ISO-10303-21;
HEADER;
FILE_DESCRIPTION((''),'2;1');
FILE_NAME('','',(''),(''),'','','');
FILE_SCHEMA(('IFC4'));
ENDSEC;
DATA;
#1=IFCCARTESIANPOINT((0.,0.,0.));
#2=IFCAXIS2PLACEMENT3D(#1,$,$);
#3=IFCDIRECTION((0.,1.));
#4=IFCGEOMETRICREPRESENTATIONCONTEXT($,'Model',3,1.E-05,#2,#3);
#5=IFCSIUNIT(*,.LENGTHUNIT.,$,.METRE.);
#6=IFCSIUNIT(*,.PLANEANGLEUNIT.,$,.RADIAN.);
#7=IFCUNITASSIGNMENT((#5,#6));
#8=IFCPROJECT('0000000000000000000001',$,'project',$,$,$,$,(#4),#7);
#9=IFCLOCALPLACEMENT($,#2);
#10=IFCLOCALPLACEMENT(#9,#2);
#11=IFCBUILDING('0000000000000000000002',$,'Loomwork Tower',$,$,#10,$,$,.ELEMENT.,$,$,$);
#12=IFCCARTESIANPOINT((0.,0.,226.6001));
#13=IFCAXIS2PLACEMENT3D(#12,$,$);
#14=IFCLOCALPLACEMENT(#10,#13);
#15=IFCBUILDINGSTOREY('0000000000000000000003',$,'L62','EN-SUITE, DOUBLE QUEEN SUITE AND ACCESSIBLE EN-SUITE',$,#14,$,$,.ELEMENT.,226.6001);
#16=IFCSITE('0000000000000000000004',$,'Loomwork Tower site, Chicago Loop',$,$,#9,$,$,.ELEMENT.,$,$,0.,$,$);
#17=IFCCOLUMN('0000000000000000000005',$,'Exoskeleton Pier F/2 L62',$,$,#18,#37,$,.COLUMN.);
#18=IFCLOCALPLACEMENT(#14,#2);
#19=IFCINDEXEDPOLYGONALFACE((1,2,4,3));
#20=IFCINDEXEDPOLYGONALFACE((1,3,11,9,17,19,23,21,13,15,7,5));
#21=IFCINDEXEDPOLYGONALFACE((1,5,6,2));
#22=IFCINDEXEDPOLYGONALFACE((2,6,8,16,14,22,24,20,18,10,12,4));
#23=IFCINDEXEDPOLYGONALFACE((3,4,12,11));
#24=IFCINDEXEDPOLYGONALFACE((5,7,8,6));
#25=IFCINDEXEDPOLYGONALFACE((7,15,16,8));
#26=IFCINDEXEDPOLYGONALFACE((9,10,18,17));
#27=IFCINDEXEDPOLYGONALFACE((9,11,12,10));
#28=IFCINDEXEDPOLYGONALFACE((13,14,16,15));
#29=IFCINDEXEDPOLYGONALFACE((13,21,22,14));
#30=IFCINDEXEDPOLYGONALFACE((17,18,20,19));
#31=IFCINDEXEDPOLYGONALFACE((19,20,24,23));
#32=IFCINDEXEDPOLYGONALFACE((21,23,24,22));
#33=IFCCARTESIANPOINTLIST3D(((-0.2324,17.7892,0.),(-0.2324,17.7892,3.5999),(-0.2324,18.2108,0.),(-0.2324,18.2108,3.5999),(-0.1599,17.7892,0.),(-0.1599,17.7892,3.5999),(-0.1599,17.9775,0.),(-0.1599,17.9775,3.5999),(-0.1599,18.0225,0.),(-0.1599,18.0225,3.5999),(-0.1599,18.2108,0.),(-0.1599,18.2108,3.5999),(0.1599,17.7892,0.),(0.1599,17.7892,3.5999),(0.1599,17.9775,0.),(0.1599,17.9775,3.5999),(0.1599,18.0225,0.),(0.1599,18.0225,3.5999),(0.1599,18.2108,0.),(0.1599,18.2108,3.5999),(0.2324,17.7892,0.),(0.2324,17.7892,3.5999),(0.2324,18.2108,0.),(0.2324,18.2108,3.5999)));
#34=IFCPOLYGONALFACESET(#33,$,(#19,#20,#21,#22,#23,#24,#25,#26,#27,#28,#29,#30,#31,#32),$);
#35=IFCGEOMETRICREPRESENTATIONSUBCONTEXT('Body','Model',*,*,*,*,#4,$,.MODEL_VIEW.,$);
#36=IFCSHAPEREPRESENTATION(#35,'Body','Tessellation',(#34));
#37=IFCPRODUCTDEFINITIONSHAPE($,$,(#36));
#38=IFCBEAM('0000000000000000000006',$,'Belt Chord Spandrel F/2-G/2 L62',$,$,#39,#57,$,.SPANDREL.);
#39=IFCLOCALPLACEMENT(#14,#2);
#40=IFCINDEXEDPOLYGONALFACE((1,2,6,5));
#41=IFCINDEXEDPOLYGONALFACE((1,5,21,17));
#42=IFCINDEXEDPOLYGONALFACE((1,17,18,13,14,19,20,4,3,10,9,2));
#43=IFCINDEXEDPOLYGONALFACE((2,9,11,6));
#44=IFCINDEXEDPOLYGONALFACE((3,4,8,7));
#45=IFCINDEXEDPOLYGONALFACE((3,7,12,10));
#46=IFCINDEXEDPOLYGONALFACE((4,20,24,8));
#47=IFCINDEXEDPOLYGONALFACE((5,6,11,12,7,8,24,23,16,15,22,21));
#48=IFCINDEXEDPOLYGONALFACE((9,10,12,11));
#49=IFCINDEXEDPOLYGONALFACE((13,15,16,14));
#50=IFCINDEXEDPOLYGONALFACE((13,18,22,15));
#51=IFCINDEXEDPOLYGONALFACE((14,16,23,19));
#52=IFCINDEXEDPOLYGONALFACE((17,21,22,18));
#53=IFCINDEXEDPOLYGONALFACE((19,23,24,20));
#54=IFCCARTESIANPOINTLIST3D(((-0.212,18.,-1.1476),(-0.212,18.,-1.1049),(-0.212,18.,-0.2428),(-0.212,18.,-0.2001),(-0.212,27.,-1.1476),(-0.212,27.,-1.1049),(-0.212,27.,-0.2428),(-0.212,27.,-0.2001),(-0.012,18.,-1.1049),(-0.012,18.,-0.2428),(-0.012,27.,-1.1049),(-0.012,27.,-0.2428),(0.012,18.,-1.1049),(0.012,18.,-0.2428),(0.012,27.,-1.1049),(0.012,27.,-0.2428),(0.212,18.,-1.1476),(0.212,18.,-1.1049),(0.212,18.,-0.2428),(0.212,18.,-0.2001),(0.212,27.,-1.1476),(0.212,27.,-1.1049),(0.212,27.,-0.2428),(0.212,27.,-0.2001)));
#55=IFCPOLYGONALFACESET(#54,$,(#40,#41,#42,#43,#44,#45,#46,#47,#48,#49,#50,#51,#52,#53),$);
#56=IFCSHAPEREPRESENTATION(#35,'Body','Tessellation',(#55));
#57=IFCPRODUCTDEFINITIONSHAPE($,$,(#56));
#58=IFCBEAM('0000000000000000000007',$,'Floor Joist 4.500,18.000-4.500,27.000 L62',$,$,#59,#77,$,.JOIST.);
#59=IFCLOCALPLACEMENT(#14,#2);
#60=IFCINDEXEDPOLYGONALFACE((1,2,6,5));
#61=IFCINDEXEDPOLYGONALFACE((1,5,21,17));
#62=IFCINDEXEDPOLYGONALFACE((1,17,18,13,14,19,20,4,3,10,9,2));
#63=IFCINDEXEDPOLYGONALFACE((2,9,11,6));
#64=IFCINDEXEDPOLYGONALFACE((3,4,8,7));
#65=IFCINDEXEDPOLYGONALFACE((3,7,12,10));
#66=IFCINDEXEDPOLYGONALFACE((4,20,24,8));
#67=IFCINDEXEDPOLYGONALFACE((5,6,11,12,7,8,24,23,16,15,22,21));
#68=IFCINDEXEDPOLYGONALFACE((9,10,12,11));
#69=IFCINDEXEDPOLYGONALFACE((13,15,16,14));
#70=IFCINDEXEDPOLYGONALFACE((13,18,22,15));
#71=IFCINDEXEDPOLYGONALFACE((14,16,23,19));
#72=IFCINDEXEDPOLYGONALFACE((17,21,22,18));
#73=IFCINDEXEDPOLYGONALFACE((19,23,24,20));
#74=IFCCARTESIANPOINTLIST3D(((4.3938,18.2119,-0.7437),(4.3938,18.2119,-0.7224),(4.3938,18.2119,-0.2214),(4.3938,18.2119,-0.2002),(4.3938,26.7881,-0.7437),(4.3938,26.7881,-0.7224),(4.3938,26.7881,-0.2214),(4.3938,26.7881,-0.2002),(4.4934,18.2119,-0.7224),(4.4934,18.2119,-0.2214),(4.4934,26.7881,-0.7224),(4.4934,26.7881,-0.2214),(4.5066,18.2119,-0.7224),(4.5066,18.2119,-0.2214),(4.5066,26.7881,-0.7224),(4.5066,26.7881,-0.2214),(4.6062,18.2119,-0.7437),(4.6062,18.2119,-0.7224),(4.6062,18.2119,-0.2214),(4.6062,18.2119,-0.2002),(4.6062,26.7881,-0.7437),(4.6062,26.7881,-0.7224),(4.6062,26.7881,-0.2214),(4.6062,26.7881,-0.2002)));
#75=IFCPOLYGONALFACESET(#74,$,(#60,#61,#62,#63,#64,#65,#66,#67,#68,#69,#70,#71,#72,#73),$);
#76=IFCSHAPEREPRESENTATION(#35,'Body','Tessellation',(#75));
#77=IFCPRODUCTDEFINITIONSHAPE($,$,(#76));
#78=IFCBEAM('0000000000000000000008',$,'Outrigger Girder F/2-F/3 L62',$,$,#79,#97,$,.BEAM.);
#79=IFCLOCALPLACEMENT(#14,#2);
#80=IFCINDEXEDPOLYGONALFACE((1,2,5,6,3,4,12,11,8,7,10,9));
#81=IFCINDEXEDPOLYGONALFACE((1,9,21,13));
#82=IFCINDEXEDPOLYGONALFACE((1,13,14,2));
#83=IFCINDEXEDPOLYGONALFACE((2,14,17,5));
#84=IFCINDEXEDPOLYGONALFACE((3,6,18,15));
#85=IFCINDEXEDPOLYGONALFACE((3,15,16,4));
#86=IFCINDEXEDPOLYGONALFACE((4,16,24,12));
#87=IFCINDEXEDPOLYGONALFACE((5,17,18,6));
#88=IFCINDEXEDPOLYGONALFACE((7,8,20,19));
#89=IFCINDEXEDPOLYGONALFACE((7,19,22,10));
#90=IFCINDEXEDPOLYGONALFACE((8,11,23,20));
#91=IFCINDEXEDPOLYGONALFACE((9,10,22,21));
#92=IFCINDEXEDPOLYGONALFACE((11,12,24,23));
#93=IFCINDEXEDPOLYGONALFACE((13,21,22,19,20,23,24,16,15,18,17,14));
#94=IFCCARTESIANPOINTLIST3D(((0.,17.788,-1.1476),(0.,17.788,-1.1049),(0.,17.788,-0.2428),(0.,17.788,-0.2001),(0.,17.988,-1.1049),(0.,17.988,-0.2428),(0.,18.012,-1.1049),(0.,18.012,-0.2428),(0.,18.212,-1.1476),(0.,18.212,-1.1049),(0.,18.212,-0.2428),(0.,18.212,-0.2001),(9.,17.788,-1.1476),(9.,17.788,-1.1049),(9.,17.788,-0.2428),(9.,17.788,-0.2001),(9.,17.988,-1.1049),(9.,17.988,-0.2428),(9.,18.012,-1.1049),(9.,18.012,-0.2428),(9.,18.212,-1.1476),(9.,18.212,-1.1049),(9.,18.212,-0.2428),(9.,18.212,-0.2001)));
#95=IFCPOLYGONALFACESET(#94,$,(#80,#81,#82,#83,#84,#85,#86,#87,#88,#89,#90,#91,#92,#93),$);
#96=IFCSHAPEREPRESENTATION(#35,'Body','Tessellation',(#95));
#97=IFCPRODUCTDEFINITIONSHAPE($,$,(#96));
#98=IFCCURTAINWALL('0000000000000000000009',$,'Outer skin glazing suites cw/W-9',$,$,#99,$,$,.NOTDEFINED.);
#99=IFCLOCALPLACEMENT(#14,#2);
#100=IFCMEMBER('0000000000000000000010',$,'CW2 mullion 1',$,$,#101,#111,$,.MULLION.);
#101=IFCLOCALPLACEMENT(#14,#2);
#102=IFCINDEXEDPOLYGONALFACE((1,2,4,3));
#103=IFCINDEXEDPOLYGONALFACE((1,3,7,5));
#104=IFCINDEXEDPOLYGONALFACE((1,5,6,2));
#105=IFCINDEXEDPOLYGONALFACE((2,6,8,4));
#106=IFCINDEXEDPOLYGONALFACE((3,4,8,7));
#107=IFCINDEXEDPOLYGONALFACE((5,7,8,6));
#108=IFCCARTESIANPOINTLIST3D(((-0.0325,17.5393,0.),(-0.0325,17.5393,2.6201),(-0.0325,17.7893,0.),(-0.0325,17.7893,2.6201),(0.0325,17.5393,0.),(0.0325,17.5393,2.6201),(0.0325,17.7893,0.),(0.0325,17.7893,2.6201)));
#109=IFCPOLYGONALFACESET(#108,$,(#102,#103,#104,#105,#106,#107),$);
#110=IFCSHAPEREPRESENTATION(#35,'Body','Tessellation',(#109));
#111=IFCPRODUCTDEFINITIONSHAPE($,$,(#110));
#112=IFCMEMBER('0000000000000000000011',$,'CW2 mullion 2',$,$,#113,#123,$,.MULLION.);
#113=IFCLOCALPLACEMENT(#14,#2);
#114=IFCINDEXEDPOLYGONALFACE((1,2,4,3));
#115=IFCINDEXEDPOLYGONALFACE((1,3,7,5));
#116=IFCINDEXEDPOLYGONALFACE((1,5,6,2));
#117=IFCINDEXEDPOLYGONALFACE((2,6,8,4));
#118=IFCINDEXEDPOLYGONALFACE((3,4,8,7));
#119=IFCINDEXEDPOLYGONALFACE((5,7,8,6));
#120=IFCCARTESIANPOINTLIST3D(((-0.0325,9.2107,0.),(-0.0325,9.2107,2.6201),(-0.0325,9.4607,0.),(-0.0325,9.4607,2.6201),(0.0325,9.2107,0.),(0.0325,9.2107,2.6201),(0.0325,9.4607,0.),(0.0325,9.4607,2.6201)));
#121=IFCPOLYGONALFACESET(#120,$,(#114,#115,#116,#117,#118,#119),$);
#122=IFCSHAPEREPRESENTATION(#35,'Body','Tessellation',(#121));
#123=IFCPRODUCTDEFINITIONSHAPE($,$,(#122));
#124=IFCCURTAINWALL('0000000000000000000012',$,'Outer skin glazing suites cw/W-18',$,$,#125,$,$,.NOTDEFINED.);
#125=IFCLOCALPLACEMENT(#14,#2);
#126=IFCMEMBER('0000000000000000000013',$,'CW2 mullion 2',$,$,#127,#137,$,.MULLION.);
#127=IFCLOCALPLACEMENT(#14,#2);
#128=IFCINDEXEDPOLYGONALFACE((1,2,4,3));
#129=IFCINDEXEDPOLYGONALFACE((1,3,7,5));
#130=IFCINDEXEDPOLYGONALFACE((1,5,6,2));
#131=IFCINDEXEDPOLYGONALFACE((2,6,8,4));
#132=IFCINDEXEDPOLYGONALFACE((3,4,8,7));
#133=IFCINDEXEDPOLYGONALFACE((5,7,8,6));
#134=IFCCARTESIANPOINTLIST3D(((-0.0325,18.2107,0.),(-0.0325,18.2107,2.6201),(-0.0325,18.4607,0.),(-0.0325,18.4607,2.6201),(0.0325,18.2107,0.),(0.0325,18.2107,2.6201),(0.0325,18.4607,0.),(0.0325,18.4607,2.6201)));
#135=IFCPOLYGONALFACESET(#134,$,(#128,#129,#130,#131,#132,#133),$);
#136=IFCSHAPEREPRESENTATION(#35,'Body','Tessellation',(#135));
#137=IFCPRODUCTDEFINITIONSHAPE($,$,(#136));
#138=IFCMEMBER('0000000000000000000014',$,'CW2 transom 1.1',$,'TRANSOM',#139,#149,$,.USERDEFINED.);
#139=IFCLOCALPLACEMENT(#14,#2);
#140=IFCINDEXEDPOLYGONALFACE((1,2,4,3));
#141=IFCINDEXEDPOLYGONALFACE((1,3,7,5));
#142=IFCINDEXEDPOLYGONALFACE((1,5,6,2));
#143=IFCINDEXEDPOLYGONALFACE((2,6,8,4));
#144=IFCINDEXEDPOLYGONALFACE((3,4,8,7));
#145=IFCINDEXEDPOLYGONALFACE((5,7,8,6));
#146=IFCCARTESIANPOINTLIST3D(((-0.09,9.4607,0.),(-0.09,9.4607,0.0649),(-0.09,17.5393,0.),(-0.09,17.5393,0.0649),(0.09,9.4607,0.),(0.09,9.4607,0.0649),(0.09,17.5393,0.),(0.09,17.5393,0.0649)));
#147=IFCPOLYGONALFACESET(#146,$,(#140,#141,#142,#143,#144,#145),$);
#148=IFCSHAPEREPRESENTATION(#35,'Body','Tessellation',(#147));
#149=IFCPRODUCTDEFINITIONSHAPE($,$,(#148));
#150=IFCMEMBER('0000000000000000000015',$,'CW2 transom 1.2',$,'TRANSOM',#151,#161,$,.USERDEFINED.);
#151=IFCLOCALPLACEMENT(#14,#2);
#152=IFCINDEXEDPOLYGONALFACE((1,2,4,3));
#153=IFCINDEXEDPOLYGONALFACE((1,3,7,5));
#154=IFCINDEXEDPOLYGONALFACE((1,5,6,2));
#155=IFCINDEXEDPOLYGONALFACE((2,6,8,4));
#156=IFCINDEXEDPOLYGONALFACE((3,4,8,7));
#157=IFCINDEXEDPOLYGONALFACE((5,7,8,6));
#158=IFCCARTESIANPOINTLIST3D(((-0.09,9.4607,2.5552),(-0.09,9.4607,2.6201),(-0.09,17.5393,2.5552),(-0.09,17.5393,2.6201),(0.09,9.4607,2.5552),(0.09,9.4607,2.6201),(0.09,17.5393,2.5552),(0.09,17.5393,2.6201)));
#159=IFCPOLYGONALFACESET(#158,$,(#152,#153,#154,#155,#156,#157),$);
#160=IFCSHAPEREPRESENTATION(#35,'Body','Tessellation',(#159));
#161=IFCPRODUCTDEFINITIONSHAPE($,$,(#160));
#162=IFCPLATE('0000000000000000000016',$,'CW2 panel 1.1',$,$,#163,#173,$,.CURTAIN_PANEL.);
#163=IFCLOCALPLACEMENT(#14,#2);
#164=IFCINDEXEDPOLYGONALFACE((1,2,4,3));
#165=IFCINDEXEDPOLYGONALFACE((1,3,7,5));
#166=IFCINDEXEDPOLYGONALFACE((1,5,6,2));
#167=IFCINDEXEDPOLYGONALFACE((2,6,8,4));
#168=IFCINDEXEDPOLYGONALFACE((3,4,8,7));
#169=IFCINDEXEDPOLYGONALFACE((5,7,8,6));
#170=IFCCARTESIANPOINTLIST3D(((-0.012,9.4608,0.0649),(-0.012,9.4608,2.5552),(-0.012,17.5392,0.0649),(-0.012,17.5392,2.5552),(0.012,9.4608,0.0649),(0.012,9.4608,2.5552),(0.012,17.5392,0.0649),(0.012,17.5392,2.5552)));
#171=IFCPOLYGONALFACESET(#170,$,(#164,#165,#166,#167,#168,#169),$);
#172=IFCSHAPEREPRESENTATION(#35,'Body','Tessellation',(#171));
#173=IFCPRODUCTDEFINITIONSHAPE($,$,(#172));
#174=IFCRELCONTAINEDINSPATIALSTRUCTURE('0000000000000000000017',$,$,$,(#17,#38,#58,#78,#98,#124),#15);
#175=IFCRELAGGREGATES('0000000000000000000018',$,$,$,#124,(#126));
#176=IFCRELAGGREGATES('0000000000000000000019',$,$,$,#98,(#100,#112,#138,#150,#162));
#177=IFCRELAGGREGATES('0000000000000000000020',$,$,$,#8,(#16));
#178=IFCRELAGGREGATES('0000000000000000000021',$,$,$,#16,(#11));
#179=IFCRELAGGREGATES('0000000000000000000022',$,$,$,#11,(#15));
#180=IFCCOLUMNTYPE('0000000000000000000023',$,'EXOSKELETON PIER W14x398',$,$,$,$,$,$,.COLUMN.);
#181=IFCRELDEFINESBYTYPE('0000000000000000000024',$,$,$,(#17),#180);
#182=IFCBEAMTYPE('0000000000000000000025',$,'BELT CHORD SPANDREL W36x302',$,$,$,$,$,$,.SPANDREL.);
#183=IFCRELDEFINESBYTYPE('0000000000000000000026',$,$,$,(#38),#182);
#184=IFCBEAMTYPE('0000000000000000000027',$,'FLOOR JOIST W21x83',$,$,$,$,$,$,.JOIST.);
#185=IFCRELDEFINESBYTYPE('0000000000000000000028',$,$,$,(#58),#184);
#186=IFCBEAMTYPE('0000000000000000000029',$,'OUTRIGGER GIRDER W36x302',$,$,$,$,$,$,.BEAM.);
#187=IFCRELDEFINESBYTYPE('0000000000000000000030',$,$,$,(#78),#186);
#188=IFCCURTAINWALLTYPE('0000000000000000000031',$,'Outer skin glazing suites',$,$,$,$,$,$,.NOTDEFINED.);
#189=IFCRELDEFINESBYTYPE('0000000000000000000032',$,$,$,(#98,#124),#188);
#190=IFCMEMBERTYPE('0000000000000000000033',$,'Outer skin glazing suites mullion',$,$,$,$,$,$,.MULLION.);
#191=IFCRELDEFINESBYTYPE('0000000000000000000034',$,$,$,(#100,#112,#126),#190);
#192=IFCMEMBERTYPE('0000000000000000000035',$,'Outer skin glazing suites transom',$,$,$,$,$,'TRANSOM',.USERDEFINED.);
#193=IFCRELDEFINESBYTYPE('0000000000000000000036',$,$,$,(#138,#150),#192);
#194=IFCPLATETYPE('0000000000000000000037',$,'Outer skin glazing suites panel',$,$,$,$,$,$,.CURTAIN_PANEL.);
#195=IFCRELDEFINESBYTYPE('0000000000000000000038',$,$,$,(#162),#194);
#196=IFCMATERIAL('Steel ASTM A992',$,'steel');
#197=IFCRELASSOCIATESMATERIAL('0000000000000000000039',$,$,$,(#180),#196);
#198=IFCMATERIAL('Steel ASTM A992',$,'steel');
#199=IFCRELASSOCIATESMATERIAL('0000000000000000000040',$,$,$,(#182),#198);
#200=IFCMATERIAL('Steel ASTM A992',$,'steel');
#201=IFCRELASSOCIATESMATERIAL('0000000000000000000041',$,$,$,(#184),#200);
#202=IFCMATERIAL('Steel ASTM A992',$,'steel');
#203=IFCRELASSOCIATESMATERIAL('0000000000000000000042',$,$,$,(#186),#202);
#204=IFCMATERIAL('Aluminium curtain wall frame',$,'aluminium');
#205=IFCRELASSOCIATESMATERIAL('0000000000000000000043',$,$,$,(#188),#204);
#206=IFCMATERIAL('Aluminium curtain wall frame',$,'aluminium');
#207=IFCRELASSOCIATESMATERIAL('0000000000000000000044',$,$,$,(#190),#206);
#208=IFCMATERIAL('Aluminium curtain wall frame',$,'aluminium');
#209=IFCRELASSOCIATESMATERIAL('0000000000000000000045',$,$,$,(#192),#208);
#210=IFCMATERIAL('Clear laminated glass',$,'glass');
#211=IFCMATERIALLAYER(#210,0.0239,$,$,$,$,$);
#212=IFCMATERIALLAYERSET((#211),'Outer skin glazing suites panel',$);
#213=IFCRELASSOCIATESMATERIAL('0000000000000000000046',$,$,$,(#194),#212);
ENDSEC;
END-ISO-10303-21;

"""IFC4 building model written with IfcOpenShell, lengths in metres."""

from ifc_helpers import new_model, si_unit, direction, frame, origin, origin_2d, place, context, subcontext, project, spatial, rectangle, i_section, extrude, material, layer, layer_set, material_profile, profile_set, type_object, element, aggregate, save


model = new_model("IFC4")

# Units and contexts
model_context = context("Model", 3, precision=1e-05, world=origin(), true_north=direction((0.0, 1.0)))
body_context = subcontext(model_context, "Body", "Model", "MODEL_VIEW")
ifc_project = project(units=[si_unit("LENGTHUNIT", "METRE"), si_unit("PLANEANGLEUNIT", "RADIAN")], contexts=[model_context])

# Site, building, storey
site_placement = place(None, origin())
site = spatial("IfcSite", under=ifc_project, at=site_placement, Name="Loomwork Tower site, Chicago Loop", CompositionType="ELEMENT", RefElevation=0.0)
building_placement = place(site_placement, origin())
building = spatial("IfcBuilding", under=site, at=building_placement, Name="Loomwork Tower", CompositionType="ELEMENT")
storey_placement = place(building_placement, frame((0.0, 0.0, 226.6001)))
storey = spatial("IfcBuildingStorey", under=building, at=storey_placement, Name="L62", Description="EN-SUITE, DOUBLE QUEEN SUITE AND ACCESSIBLE EN-SUITE", CompositionType="ELEMENT", Elevation=226.6001)

# Column
ifc_material_1 = material(Name="Steel ASTM A992", Category="steel")
ifc_material_profile_1 = material_profile(ifc_material_1, i_section(OverallWidth=0.4216, OverallDepth=0.4648, WebThickness=0.0449, FlangeThickness=0.0725, at=origin_2d()), Name="W14x398")
ifc_profile_set_1 = profile_set([ifc_material_profile_1], Name="Steel ASTM A992")
column_type = type_object("IfcColumnType", Name="EXOSKELETON PIER W14x398", PredefinedType="COLUMN", material=ifc_profile_set_1)
column_placement = place(storey_placement, frame((0.0, 18.0, 0.0), z_axis=(0.0, 0.0, 1.0), x_axis=(0.0, 1.0, 0.0)))
element("IfcColumn", 1, at=column_placement, inside=storey, type_object=column_type, Name="Exoskeleton Pier F/2 L62", PredefinedType="COLUMN", context=body_context, shape_type="SweptSolid", body=[
    extrude(i_section(OverallWidth=0.4216, OverallDepth=0.4648, WebThickness=0.0449, FlangeThickness=0.0725, at=origin_2d()), origin(), (0.0, 0.0, 1.0), 3.5999),
])

# Beams
ifc_material_2 = material(Name="Steel ASTM A992", Category="steel")
ifc_material_profile_2 = material_profile(ifc_material_2, i_section(OverallWidth=0.4241, OverallDepth=0.9475, WebThickness=0.0239, FlangeThickness=0.0427, at=origin_2d()), Name="W36x302")
ifc_profile_set_2 = profile_set([ifc_material_profile_2], Name="Steel ASTM A992")
beam_type_1 = type_object("IfcBeamType", Name="BELT CHORD SPANDREL W36x302", PredefinedType="SPANDREL", material=ifc_profile_set_2)
beam_1_placement = place(storey_placement, frame((0.0, 18.0, -0.6738), z_axis=(0.0, 1.0, 0.0), x_axis=(-1.0, 0.0, 0.0)))
element("IfcBeam", 2, at=beam_1_placement, inside=storey, type_object=beam_type_1, Name="Belt Chord Spandrel F/2-G/2 L62", PredefinedType="SPANDREL", context=body_context, shape_type="SweptSolid", body=[
    extrude(i_section(OverallWidth=0.4241, OverallDepth=0.9475, WebThickness=0.0239, FlangeThickness=0.0427, at=origin_2d()), origin(), (0.0, 0.0, 1.0), 9.0),
])
ifc_material_3 = material(Name="Steel ASTM A992", Category="steel")
ifc_material_profile_3 = material_profile(ifc_material_3, i_section(OverallWidth=0.2124, OverallDepth=0.5435, WebThickness=0.0132, FlangeThickness=0.0212, at=origin_2d()), Name="W21x83")
ifc_profile_set_3 = profile_set([ifc_material_profile_3], Name="Steel ASTM A992")
beam_type_2 = type_object("IfcBeamType", Name="FLOOR JOIST W21x83", PredefinedType="JOIST", material=ifc_profile_set_3)
beam_2_placement = place(storey_placement, frame((4.5, 18.2119, -0.4719), z_axis=(0.0, 1.0, 0.0), x_axis=(-1.0, 0.0, 0.0)))
element("IfcBeam", 3, at=beam_2_placement, inside=storey, type_object=beam_type_2, Name="Floor Joist 4.500,18.000-4.500,27.000 L62", PredefinedType="JOIST", context=body_context, shape_type="SweptSolid", body=[
    extrude(i_section(OverallWidth=0.2124, OverallDepth=0.5435, WebThickness=0.0132, FlangeThickness=0.0212, at=origin_2d()), origin(), (0.0, 0.0, 1.0), 8.5762),
])
ifc_material_4 = material(Name="Steel ASTM A992", Category="steel")
ifc_material_profile_4 = material_profile(ifc_material_4, i_section(OverallWidth=0.4241, OverallDepth=0.9475, WebThickness=0.0239, FlangeThickness=0.0427, at=origin_2d()), Name="W36x302")
ifc_profile_set_4 = profile_set([ifc_material_profile_4], Name="Steel ASTM A992")
beam_type_3 = type_object("IfcBeamType", Name="OUTRIGGER GIRDER W36x302", PredefinedType="BEAM", material=ifc_profile_set_4)
beam_3_placement = place(storey_placement, frame((0.0, 18.0, -0.6738), z_axis=(1.0, 0.0, 0.0), x_axis=(0.0, 1.0, 0.0)))
element("IfcBeam", 4, at=beam_3_placement, inside=storey, type_object=beam_type_3, Name="Outrigger Girder F/2-F/3 L62", PredefinedType="BEAM", context=body_context, shape_type="SweptSolid", body=[
    extrude(i_section(OverallWidth=0.4241, OverallDepth=0.9475, WebThickness=0.0239, FlangeThickness=0.0427, at=origin_2d()), origin(), (0.0, 0.0, 1.0), 9.0),
])

# Curtain wall, members
ifc_material_5 = material(Name="Aluminium curtain wall frame", Category="aluminium")
curtain_wall_type = type_object("IfcCurtainWallType", Name="Outer skin glazing suites", PredefinedType="NOTDEFINED", material=ifc_material_5)
curtain_wall_1_placement = place(storey_placement, origin())
curtain_wall_1 = element("IfcCurtainWall", 5, at=curtain_wall_1_placement, inside=storey, type_object=curtain_wall_type, Name="Outer skin glazing suites cw/W-9", PredefinedType="NOTDEFINED")
ifc_material_6 = material(Name="Aluminium curtain wall frame", Category="aluminium")
ifc_material_profile_5 = material_profile(ifc_material_6, rectangle(XDim=0.0649, YDim=0.25, at=origin_2d()), Name="AL 65x250")
ifc_profile_set_5 = profile_set([ifc_material_profile_5], Name="Aluminium curtain wall frame")
member_type_1 = type_object("IfcMemberType", Name="Outer skin glazing suites mullion", PredefinedType="MULLION", material=ifc_profile_set_5)
member_1_placement = place(storey_placement, frame((0.0, 17.6643, 0.0), z_axis=(0.0, 0.0, 1.0), x_axis=(1.0, 0.0, 0.0)))
member_1 = element("IfcMember", 6, at=member_1_placement, type_object=member_type_1, Name="CW2 mullion 1", PredefinedType="MULLION", context=body_context, shape_type="SweptSolid", body=[
    extrude(rectangle(XDim=0.0649, YDim=0.25, at=origin_2d()), origin(), (0.0, 0.0, 1.0), 2.6201),
])
member_2_placement = place(storey_placement, frame((0.0, 9.3357, 0.0), z_axis=(0.0, 0.0, 1.0), x_axis=(1.0, 0.0, 0.0)))
member_2 = element("IfcMember", 7, at=member_2_placement, type_object=member_type_1, Name="CW2 mullion 2", PredefinedType="MULLION", context=body_context, shape_type="SweptSolid", body=[
    extrude(rectangle(XDim=0.0649, YDim=0.25, at=origin_2d()), origin(), (0.0, 0.0, 1.0), 2.6201),
])

# Curtain wall, member
curtain_wall_2_placement = place(storey_placement, origin())
curtain_wall_2 = element("IfcCurtainWall", 8, at=curtain_wall_2_placement, inside=storey, type_object=curtain_wall_type, Name="Outer skin glazing suites cw/W-18", PredefinedType="NOTDEFINED")
member_3_placement = place(storey_placement, frame((0.0, 18.3357, 0.0), z_axis=(0.0, 0.0, 1.0), x_axis=(1.0, 0.0, 0.0)))
member_3 = element("IfcMember", 9, at=member_3_placement, type_object=member_type_1, Name="CW2 mullion 2", PredefinedType="MULLION", context=body_context, shape_type="SweptSolid", body=[
    extrude(rectangle(XDim=0.0649, YDim=0.25, at=origin_2d()), origin(), (0.0, 0.0, 1.0), 2.6201),
])
aggregate(curtain_wall_2, [member_3])

# Members
ifc_material_7 = material(Name="Aluminium curtain wall frame", Category="aluminium")
ifc_material_profile_6 = material_profile(ifc_material_7, rectangle(XDim=0.1799, YDim=0.0649, at=origin_2d()), Name="AL 65x180")
ifc_profile_set_6 = profile_set([ifc_material_profile_6], Name="Aluminium curtain wall frame")
member_type_2 = type_object("IfcMemberType", Name="Outer skin glazing suites transom", ElementType="TRANSOM", PredefinedType="USERDEFINED", material=ifc_profile_set_6)
member_4_placement = place(storey_placement, frame((0.0, 17.5393, 0.0325), z_axis=(0.0, -1.0, 0.0), x_axis=(1.0, 0.0, 0.0)))
member_4 = element("IfcMember", 10, at=member_4_placement, type_object=member_type_2, Name="CW2 transom 1.1", ObjectType="TRANSOM", PredefinedType="USERDEFINED", context=body_context, shape_type="SweptSolid", body=[
    extrude(rectangle(XDim=0.1799, YDim=0.0649, at=origin_2d()), origin(), (0.0, 0.0, 1.0), 8.0786),
])
member_5_placement = place(storey_placement, frame((0.0, 17.5393, 2.5876), z_axis=(0.0, -1.0, 0.0), x_axis=(1.0, 0.0, 0.0)))
member_5 = element("IfcMember", 11, at=member_5_placement, type_object=member_type_2, Name="CW2 transom 1.2", ObjectType="TRANSOM", PredefinedType="USERDEFINED", context=body_context, shape_type="SweptSolid", body=[
    extrude(rectangle(XDim=0.1799, YDim=0.0649, at=origin_2d()), origin(), (0.0, 0.0, 1.0), 8.0786),
])

# Plate
ifc_material_8 = material(Name="Clear laminated glass", Category="glass")
ifc_layer_1 = layer(ifc_material_8, 0.0239)
ifc_layer_set_1 = layer_set([ifc_layer_1], Name="Outer skin glazing suites panel")
plate_type = type_object("IfcPlateType", Name="Outer skin glazing suites panel", PredefinedType="CURTAIN_PANEL", material=ifc_layer_set_1)
plate_placement = place(storey_placement, frame((0.0, 13.5, 0.0649), z_axis=(0.0, 0.0, 1.0), x_axis=(0.0, -1.0, 0.0)))
plate = element("IfcPlate", 12, at=plate_placement, type_object=plate_type, Name="CW2 panel 1.1", PredefinedType="CURTAIN_PANEL", context=body_context, shape_type="SweptSolid", body=[
    extrude(rectangle(XDim=8.0784, YDim=0.0239, at=origin_2d()), origin(), (0.0, 0.0, 1.0), 2.4902),
])
aggregate(curtain_wall_1, [member_1, member_2, member_4, member_5, plate])

save(model, "model.ifc")
